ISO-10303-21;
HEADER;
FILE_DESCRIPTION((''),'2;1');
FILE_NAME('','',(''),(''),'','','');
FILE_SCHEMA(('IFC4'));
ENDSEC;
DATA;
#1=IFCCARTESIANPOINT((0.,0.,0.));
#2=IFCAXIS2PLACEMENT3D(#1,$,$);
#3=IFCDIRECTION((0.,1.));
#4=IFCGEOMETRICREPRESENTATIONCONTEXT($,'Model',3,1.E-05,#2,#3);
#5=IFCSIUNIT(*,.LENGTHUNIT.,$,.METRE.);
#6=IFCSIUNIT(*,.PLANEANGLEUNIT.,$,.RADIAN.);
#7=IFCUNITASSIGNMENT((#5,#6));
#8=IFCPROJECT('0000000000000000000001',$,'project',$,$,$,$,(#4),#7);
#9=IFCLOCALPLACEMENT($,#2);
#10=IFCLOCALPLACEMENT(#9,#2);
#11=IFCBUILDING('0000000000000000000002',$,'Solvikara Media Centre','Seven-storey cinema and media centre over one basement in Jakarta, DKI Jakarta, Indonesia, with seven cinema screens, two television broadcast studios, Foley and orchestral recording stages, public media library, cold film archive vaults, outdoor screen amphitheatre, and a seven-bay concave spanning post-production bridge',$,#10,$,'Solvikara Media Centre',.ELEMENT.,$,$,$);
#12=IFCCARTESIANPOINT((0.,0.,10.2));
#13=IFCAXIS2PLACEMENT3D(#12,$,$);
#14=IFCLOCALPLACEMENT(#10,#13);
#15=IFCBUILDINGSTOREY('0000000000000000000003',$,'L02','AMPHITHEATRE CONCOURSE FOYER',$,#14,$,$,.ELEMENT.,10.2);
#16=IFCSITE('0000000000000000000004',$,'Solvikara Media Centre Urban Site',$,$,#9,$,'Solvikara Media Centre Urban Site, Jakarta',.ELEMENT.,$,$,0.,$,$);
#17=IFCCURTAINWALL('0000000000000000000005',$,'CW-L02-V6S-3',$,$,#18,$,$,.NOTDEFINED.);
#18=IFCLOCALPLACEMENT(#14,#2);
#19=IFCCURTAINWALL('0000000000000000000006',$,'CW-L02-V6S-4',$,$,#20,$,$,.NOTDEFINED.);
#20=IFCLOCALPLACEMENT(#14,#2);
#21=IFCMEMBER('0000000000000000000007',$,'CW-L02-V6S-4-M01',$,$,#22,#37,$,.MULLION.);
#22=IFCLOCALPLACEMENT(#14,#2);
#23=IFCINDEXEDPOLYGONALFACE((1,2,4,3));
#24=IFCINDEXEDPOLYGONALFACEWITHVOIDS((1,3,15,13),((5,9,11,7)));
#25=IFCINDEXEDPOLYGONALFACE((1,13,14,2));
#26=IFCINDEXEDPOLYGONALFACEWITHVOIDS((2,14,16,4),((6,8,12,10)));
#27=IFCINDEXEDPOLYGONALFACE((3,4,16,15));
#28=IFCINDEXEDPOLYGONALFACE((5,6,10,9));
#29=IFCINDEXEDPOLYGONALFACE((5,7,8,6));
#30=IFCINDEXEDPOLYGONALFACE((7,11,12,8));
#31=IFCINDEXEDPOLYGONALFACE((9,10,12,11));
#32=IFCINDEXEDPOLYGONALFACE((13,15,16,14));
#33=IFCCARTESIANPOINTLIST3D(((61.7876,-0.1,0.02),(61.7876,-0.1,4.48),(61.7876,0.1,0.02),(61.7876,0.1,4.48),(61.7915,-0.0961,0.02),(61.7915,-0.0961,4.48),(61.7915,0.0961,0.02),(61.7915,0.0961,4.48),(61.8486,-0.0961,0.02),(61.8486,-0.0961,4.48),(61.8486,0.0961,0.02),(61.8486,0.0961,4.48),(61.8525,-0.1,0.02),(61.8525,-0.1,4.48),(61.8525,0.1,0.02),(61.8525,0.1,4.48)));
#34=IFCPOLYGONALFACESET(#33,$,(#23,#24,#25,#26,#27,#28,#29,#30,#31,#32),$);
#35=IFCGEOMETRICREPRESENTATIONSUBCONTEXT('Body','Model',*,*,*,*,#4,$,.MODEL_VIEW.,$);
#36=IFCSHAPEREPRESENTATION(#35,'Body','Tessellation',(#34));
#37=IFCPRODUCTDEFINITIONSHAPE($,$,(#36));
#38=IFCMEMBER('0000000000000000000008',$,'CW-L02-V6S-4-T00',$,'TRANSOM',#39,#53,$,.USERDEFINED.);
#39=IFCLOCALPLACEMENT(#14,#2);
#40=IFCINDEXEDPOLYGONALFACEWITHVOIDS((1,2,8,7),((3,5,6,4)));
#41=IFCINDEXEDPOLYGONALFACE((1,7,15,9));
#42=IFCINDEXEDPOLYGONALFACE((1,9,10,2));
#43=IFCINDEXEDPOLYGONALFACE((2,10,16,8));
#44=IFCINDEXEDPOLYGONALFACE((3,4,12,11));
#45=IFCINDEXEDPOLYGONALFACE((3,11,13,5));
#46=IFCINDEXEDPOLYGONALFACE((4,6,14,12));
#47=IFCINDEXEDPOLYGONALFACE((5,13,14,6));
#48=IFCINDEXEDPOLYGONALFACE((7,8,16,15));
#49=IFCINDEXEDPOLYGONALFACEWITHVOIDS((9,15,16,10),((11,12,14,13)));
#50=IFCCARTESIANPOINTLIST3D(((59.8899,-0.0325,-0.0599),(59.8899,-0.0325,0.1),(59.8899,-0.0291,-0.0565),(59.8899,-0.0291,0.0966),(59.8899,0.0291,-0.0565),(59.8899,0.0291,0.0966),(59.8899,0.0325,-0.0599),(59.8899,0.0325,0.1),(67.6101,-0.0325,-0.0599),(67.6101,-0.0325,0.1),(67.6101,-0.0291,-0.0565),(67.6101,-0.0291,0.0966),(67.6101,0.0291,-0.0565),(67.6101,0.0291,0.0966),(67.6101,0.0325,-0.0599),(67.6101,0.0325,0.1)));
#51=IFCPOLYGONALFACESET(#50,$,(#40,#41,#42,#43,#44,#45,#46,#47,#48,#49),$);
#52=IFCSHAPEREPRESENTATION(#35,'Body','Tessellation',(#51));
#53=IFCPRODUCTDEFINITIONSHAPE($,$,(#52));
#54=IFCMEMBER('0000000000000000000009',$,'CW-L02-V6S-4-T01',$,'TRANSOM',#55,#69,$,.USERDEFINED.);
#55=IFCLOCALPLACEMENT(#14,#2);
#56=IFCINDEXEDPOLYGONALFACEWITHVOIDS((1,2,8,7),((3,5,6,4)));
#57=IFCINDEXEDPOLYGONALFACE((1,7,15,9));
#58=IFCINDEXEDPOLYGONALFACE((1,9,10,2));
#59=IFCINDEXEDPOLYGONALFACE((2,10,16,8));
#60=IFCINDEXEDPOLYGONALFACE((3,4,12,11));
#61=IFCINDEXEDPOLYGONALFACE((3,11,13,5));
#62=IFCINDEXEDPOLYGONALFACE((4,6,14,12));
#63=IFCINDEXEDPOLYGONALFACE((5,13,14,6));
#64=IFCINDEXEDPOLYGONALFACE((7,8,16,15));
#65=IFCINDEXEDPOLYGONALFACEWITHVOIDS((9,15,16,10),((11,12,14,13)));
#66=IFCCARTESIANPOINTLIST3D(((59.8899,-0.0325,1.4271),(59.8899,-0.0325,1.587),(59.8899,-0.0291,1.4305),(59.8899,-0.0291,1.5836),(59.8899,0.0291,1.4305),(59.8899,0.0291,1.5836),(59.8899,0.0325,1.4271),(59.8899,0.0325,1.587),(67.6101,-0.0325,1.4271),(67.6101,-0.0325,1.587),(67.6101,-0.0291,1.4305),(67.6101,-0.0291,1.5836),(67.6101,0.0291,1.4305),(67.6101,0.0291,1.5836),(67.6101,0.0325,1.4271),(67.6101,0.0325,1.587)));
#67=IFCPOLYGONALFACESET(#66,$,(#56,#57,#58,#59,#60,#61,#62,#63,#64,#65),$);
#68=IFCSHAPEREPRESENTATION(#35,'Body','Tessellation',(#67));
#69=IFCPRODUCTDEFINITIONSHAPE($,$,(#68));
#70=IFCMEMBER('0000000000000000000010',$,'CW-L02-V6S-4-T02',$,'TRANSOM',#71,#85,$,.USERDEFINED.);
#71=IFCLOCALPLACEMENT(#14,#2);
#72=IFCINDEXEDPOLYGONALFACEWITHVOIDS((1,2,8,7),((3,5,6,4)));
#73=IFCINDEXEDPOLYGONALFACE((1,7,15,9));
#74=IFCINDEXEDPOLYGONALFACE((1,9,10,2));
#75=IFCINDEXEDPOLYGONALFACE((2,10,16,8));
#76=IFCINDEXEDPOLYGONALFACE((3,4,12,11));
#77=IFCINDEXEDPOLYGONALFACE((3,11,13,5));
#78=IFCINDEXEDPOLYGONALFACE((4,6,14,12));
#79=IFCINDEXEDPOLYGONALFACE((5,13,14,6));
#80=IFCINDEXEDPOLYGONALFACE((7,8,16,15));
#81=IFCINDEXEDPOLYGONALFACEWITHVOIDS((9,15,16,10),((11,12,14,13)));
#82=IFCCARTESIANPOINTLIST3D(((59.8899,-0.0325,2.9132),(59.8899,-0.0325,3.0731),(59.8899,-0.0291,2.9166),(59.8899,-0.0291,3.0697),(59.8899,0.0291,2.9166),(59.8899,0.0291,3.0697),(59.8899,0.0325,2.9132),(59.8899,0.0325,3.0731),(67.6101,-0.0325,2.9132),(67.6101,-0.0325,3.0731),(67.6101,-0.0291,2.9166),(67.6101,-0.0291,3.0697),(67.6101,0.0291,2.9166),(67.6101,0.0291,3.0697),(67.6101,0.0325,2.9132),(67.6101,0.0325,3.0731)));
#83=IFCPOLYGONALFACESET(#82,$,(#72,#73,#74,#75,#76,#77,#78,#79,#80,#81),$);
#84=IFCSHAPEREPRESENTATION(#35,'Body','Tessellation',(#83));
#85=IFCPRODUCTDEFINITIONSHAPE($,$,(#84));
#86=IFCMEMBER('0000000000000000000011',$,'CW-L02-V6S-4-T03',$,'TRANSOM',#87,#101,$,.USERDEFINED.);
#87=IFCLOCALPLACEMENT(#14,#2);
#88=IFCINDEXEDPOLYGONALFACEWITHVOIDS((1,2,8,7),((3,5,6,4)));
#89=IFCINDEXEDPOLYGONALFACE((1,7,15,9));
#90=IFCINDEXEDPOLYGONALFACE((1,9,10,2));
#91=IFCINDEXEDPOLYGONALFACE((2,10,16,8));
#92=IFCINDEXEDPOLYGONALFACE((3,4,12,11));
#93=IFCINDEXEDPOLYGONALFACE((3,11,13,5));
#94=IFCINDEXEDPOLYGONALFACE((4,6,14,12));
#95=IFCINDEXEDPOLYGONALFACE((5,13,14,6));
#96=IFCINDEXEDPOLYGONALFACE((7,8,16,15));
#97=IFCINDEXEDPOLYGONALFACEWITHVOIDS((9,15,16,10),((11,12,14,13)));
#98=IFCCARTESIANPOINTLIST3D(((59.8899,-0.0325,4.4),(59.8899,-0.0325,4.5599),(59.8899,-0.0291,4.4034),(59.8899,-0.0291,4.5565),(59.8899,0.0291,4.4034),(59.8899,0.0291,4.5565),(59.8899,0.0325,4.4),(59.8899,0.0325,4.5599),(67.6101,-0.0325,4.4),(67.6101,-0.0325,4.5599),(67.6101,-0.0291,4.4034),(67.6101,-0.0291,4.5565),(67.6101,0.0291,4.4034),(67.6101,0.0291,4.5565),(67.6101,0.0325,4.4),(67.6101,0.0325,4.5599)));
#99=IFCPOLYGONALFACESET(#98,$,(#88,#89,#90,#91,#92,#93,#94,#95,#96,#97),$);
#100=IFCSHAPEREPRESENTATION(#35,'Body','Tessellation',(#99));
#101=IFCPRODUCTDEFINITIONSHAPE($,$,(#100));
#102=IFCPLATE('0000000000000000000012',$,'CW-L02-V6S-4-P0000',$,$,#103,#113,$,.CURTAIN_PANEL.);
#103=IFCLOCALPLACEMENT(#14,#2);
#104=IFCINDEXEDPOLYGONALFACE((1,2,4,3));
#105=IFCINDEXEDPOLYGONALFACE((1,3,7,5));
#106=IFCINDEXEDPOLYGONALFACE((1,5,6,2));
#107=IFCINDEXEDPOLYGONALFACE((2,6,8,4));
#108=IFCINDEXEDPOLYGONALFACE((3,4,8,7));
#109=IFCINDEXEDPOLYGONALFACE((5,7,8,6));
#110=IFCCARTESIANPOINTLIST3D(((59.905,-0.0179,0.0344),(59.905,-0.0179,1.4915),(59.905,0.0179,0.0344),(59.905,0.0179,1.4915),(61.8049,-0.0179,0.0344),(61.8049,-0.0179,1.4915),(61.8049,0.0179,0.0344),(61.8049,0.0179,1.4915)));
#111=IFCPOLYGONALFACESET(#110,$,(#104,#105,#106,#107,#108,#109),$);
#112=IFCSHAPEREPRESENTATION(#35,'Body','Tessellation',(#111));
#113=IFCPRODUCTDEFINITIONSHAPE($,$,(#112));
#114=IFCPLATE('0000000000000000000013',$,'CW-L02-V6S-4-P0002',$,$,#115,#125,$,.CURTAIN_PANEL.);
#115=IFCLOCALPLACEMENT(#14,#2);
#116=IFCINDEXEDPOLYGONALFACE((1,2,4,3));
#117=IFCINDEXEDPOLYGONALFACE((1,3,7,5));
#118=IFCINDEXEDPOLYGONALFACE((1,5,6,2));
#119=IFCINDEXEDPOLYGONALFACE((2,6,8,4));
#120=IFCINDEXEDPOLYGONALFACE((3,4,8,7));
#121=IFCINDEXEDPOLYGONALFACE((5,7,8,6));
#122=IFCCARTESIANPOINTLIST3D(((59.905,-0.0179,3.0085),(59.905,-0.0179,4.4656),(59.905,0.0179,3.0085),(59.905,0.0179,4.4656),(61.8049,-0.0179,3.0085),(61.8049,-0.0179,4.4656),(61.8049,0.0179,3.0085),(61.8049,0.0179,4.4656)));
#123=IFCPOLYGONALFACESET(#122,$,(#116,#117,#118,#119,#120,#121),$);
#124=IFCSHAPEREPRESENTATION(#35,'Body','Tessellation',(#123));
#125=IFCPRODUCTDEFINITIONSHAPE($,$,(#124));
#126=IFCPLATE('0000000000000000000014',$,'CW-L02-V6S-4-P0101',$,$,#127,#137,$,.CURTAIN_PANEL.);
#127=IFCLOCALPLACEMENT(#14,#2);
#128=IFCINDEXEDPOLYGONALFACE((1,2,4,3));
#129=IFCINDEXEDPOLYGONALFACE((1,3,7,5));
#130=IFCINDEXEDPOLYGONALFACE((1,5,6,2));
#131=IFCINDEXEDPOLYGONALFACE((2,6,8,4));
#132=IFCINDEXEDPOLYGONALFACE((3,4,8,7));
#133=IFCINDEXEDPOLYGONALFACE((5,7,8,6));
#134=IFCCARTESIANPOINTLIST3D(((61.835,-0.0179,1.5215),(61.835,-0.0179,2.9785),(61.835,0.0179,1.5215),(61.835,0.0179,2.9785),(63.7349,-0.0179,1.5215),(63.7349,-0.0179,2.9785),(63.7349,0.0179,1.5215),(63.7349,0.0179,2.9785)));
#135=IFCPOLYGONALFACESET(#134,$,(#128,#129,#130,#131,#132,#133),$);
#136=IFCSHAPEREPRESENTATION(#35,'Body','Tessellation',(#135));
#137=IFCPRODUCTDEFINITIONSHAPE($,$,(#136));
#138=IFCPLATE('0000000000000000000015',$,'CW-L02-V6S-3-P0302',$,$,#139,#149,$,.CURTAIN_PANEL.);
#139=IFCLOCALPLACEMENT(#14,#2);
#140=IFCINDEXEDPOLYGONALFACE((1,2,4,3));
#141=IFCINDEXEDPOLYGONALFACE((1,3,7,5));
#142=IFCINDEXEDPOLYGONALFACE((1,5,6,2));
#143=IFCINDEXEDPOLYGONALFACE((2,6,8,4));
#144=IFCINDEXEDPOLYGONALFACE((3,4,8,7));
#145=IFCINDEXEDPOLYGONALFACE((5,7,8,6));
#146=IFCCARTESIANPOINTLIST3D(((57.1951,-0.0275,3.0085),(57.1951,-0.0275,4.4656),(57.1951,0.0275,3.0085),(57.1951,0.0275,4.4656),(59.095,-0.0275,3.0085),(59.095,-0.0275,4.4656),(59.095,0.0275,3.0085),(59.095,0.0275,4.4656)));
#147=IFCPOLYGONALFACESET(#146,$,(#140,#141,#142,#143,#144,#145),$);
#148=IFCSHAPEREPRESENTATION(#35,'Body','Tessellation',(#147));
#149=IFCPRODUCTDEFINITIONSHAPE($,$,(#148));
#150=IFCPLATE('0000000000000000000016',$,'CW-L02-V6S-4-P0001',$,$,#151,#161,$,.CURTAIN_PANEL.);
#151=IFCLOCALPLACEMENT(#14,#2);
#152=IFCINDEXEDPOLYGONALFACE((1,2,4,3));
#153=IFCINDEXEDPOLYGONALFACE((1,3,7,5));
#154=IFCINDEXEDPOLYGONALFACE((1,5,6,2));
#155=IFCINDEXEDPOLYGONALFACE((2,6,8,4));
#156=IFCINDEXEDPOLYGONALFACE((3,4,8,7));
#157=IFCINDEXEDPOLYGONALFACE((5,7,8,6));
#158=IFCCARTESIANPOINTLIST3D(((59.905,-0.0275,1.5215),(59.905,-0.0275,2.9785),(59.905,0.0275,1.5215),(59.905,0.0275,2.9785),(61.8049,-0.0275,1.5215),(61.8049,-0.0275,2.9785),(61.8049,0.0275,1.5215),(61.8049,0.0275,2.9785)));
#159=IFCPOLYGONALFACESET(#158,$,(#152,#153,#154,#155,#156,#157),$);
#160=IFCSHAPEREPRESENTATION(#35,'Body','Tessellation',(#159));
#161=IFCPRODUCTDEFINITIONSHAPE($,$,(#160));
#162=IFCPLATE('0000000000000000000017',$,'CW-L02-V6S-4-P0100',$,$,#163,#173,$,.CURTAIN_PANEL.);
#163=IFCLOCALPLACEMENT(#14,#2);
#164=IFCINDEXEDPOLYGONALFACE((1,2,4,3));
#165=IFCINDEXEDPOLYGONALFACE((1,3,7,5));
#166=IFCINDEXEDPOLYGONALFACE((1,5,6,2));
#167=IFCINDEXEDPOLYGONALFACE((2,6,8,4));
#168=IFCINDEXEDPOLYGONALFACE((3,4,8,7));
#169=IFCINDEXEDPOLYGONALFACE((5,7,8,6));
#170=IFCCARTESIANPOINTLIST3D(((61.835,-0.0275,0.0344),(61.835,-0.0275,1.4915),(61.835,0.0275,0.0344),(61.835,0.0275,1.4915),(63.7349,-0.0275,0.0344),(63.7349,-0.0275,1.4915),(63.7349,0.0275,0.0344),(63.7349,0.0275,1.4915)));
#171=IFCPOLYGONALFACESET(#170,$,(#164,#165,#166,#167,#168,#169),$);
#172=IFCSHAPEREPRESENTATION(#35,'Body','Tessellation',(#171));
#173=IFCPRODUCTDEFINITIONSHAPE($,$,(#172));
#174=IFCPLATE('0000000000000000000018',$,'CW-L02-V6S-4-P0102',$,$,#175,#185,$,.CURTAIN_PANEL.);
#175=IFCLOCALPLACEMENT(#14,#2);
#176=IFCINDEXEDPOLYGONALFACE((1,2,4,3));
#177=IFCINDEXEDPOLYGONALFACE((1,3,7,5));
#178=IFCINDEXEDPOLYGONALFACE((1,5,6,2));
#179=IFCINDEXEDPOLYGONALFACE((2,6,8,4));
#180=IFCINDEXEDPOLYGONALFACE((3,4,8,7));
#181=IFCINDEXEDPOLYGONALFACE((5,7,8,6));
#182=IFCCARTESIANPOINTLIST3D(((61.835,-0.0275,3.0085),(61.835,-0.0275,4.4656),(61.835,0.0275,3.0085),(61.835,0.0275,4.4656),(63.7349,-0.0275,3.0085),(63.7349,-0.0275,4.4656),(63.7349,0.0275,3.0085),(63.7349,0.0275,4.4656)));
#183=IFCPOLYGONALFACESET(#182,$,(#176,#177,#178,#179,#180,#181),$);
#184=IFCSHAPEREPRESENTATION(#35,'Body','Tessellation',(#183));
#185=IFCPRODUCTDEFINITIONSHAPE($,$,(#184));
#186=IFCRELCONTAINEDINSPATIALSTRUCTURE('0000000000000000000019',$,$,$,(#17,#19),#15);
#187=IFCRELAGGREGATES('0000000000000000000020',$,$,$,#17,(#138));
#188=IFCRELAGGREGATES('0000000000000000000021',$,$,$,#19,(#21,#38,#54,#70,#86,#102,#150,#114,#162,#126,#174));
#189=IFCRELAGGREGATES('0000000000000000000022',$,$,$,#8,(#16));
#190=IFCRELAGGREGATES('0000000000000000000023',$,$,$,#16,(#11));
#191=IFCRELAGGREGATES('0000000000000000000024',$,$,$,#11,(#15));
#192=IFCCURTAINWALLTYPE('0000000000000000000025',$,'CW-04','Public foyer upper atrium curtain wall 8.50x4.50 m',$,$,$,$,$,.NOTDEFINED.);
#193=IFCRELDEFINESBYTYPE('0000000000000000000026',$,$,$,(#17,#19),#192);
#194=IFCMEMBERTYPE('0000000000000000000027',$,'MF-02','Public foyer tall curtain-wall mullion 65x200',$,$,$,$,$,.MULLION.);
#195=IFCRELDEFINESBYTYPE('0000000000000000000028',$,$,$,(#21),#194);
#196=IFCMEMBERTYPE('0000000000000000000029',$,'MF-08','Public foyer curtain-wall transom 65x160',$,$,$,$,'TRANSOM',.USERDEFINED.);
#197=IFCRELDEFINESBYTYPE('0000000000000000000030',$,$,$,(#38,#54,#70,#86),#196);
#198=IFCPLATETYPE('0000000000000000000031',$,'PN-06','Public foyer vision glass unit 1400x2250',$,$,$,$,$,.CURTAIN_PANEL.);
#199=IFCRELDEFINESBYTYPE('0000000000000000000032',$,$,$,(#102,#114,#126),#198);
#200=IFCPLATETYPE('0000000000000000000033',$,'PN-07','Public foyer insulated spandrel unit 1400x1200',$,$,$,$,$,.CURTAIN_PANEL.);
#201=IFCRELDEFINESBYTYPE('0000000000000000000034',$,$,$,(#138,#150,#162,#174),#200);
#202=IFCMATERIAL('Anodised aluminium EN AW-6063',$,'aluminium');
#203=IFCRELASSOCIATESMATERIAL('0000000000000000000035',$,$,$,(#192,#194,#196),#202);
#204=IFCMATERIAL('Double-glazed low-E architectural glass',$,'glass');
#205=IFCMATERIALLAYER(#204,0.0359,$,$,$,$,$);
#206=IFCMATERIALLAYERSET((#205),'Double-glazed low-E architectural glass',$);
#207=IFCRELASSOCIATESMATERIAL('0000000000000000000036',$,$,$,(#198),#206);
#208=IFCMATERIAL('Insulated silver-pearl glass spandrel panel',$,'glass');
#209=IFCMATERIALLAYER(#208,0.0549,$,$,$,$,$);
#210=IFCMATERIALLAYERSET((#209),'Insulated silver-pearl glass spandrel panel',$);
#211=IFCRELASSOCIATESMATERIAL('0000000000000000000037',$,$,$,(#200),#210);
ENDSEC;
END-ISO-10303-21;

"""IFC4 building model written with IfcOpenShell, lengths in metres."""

from ifc_helpers import new_model, si_unit, direction, frame, origin, origin_2d, place, context, subcontext, project, spatial, rectangle, hollow_rectangle, extrude, material, layer, layer_set, material_profile, profile_set, type_object, element, aggregate, save


model = new_model("IFC4")

# Units and contexts
model_context = context("Model", 3, precision=1e-05, world=origin(), true_north=direction((0.0, 1.0)))
body_context = subcontext(model_context, "Body", "Model", "MODEL_VIEW")
ifc_project = project(units=[si_unit("LENGTHUNIT", "METRE"), si_unit("PLANEANGLEUNIT", "RADIAN")], contexts=[model_context])

# Site, building, storey
site_placement = place(None, origin())
site = spatial("IfcSite", under=ifc_project, at=site_placement, Name="Solvikara Media Centre Urban Site", LongName="Solvikara Media Centre Urban Site, Jakarta", CompositionType="ELEMENT", RefElevation=0.0)
building_placement = place(site_placement, origin())
building = spatial("IfcBuilding", under=site, at=building_placement, Name="Solvikara Media Centre", Description="Seven-storey cinema and media centre over one basement in Jakarta, DKI Jakarta, Indonesia, with seven cinema screens, two television broadcast studios, Foley and orchestral recording stages, public media library, cold film archive vaults, outdoor screen amphitheatre, and a seven-bay concave spanning post-production bridge", LongName="Solvikara Media Centre", CompositionType="ELEMENT")
storey_placement = place(building_placement, frame((0.0, 0.0, 10.2)))
storey = spatial("IfcBuildingStorey", under=building, at=storey_placement, Name="L02", Description="AMPHITHEATRE CONCOURSE FOYER", CompositionType="ELEMENT", Elevation=10.2)

# Curtain wall
ifc_material_1 = material(Name="Anodised aluminium EN AW-6063", Category="aluminium")
curtain_wall_type = type_object("IfcCurtainWallType", Name="CW-04", Description="Public foyer upper atrium curtain wall 8.50x4.50 m", PredefinedType="NOTDEFINED", material=ifc_material_1)
curtain_wall_1_placement = place(storey_placement, origin())
curtain_wall_1 = element("IfcCurtainWall", 1, at=curtain_wall_1_placement, inside=storey, type_object=curtain_wall_type, Name="CW-L02-V6S-3", PredefinedType="NOTDEFINED")
ifc_material_profile_1 = material_profile(ifc_material_1, hollow_rectangle(XDim=0.0649, YDim=0.2, WallThickness=0.0039, at=origin_2d()), Name="ALU-M 65x200x4")
ifc_profile_set_1 = profile_set([ifc_material_profile_1], Name="Anodised aluminium EN AW-6063")
member_type_1 = type_object("IfcMemberType", Name="MF-02", Description="Public foyer tall curtain-wall mullion 65x200", PredefinedType="MULLION", material=ifc_profile_set_1)

# Curtain wall, members, plates
curtain_wall_2_placement = place(storey_placement, origin())
curtain_wall_2 = element("IfcCurtainWall", 2, at=curtain_wall_2_placement, inside=storey, type_object=curtain_wall_type, Name="CW-L02-V6S-4", PredefinedType="NOTDEFINED")
member_1_placement = place(storey_placement, frame((61.8201, 0.0, 0.02), z_axis=(0.0, 0.0, 1.0), x_axis=(1.0, 0.0, 0.0)))
member_1 = element("IfcMember", 3, at=member_1_placement, type_object=member_type_1, Name="CW-L02-V6S-4-M01", PredefinedType="MULLION", context=body_context, shape_type="SweptSolid", body=[
    extrude(hollow_rectangle(XDim=0.0649, YDim=0.2, WallThickness=0.0039, at=origin_2d()), origin(), (0.0, 0.0, 1.0), 4.46),
])
ifc_material_profile_2 = material_profile(ifc_material_1, hollow_rectangle(XDim=0.0649, YDim=0.1599, WallThickness=0.0034, at=origin_2d()), Name="ALU-T 65x160x3.5")
ifc_profile_set_2 = profile_set([ifc_material_profile_2], Name="Anodised aluminium EN AW-6063")
member_type_2 = type_object("IfcMemberType", Name="MF-08", Description="Public foyer curtain-wall transom 65x160", ElementType="TRANSOM", PredefinedType="USERDEFINED", material=ifc_profile_set_2)
member_2_placement = place(storey_placement, frame((59.8899, 0.0, 0.02), z_axis=(1.0, 0.0, 0.0), x_axis=(0.0, 1.0, 0.0)))
member_2 = element("IfcMember", 4, at=member_2_placement, type_object=member_type_2, Name="CW-L02-V6S-4-T00", ObjectType="TRANSOM", PredefinedType="USERDEFINED", context=body_context, shape_type="SweptSolid", body=[
    extrude(hollow_rectangle(XDim=0.0649, YDim=0.1599, WallThickness=0.0034, at=origin_2d()), origin(), (0.0, 0.0, 1.0), 7.7202),
])
member_3_placement = place(storey_placement, frame((59.8899, 0.0, 1.5071), z_axis=(1.0, 0.0, 0.0), x_axis=(0.0, 1.0, 0.0)))
member_3 = element("IfcMember", 5, at=member_3_placement, type_object=member_type_2, Name="CW-L02-V6S-4-T01", ObjectType="TRANSOM", PredefinedType="USERDEFINED", context=body_context, shape_type="SweptSolid", body=[
    extrude(hollow_rectangle(XDim=0.0649, YDim=0.1599, WallThickness=0.0034, at=origin_2d()), origin(), (0.0, 0.0, 1.0), 7.7202),
])
member_4_placement = place(storey_placement, frame((59.8899, 0.0, 2.9932), z_axis=(1.0, 0.0, 0.0), x_axis=(0.0, 1.0, 0.0)))
member_4 = element("IfcMember", 6, at=member_4_placement, type_object=member_type_2, Name="CW-L02-V6S-4-T02", ObjectType="TRANSOM", PredefinedType="USERDEFINED", context=body_context, shape_type="SweptSolid", body=[
    extrude(hollow_rectangle(XDim=0.0649, YDim=0.1599, WallThickness=0.0034, at=origin_2d()), origin(), (0.0, 0.0, 1.0), 7.7202),
])
member_5_placement = place(storey_placement, frame((59.8899, 0.0, 4.48), z_axis=(1.0, 0.0, 0.0), x_axis=(0.0, 1.0, 0.0)))
member_5 = element("IfcMember", 7, at=member_5_placement, type_object=member_type_2, Name="CW-L02-V6S-4-T03", ObjectType="TRANSOM", PredefinedType="USERDEFINED", context=body_context, shape_type="SweptSolid", body=[
    extrude(hollow_rectangle(XDim=0.0649, YDim=0.1599, WallThickness=0.0034, at=origin_2d()), origin(), (0.0, 0.0, 1.0), 7.7202),
])
ifc_material_2 = material(Name="Double-glazed low-E architectural glass", Category="glass")
ifc_layer_1 = layer(ifc_material_2, 0.0359)
ifc_layer_set_1 = layer_set([ifc_layer_1], Name="Double-glazed low-E architectural glass")
plate_type_1 = type_object("IfcPlateType", Name="PN-06", Description="Public foyer vision glass unit 1400x2250", PredefinedType="CURTAIN_PANEL", material=ifc_layer_set_1)
plate_1_placement = place(storey_placement, frame((60.855, 0.0, 0.0344), z_axis=(0.0, 0.0, 1.0), x_axis=(1.0, 0.0, 0.0)))
plate_1 = element("IfcPlate", 8, at=plate_1_placement, type_object=plate_type_1, Name="CW-L02-V6S-4-P0000", PredefinedType="CURTAIN_PANEL", context=body_context, shape_type="SweptSolid", body=[
    extrude(rectangle(XDim=1.8999, YDim=0.0359, at=origin_2d()), origin(), (0.0, 0.0, 1.0), 1.457),
])
plate_2_placement = place(storey_placement, frame((60.855, 0.0, 3.0085), z_axis=(0.0, 0.0, 1.0), x_axis=(1.0, 0.0, 0.0)))
plate_2 = element("IfcPlate", 9, at=plate_2_placement, type_object=plate_type_1, Name="CW-L02-V6S-4-P0002", PredefinedType="CURTAIN_PANEL", context=body_context, shape_type="SweptSolid", body=[
    extrude(rectangle(XDim=1.8999, YDim=0.0359, at=origin_2d()), origin(), (0.0, 0.0, 1.0), 1.457),
])
plate_3_placement = place(storey_placement, frame((62.7849, 0.0, 1.5215), z_axis=(0.0, 0.0, 1.0), x_axis=(1.0, 0.0, 0.0)))
plate_3 = element("IfcPlate", 10, at=plate_3_placement, type_object=plate_type_1, Name="CW-L02-V6S-4-P0101", PredefinedType="CURTAIN_PANEL", context=body_context, shape_type="SweptSolid", body=[
    extrude(rectangle(XDim=1.8999, YDim=0.0359, at=origin_2d()), origin(), (0.0, 0.0, 1.0), 1.457),
])

# Plates
ifc_material_3 = material(Name="Insulated silver-pearl glass spandrel panel", Category="glass")
ifc_layer_2 = layer(ifc_material_3, 0.0549)
ifc_layer_set_2 = layer_set([ifc_layer_2], Name="Insulated silver-pearl glass spandrel panel")
plate_type_2 = type_object("IfcPlateType", Name="PN-07", Description="Public foyer insulated spandrel unit 1400x1200", PredefinedType="CURTAIN_PANEL", material=ifc_layer_set_2)
plate_4_placement = place(storey_placement, frame((58.145, 0.0, 3.0085), z_axis=(0.0, 0.0, 1.0), x_axis=(1.0, 0.0, 0.0)))
plate_4 = element("IfcPlate", 11, at=plate_4_placement, type_object=plate_type_2, Name="CW-L02-V6S-3-P0302", PredefinedType="CURTAIN_PANEL", context=body_context, shape_type="SweptSolid", body=[
    extrude(rectangle(XDim=1.8999, YDim=0.0549, at=origin_2d()), origin(), (0.0, 0.0, 1.0), 1.457),
])
aggregate(curtain_wall_1, [plate_4])
plate_5_placement = place(storey_placement, frame((60.855, 0.0, 1.5215), z_axis=(0.0, 0.0, 1.0), x_axis=(1.0, 0.0, 0.0)))
plate_5 = element("IfcPlate", 12, at=plate_5_placement, type_object=plate_type_2, Name="CW-L02-V6S-4-P0001", PredefinedType="CURTAIN_PANEL", context=body_context, shape_type="SweptSolid", body=[
    extrude(rectangle(XDim=1.8999, YDim=0.0549, at=origin_2d()), origin(), (0.0, 0.0, 1.0), 1.457),
])
plate_6_placement = place(storey_placement, frame((62.7849, 0.0, 0.0344), z_axis=(0.0, 0.0, 1.0), x_axis=(1.0, 0.0, 0.0)))
plate_6 = element("IfcPlate", 13, at=plate_6_placement, type_object=plate_type_2, Name="CW-L02-V6S-4-P0100", PredefinedType="CURTAIN_PANEL", context=body_context, shape_type="SweptSolid", body=[
    extrude(rectangle(XDim=1.8999, YDim=0.0549, at=origin_2d()), origin(), (0.0, 0.0, 1.0), 1.457),
])
plate_7_placement = place(storey_placement, frame((62.7849, 0.0, 3.0085), z_axis=(0.0, 0.0, 1.0), x_axis=(1.0, 0.0, 0.0)))
plate_7 = element("IfcPlate", 14, at=plate_7_placement, type_object=plate_type_2, Name="CW-L02-V6S-4-P0102", PredefinedType="CURTAIN_PANEL", context=body_context, shape_type="SweptSolid", body=[
    extrude(rectangle(XDim=1.8999, YDim=0.0549, at=origin_2d()), origin(), (0.0, 0.0, 1.0), 1.457),
])
aggregate(curtain_wall_2, [member_1, member_2, member_3, member_4, member_5, plate_1, plate_5, plate_2, plate_6, plate_3, plate_7])

save(model, "model.ifc")
